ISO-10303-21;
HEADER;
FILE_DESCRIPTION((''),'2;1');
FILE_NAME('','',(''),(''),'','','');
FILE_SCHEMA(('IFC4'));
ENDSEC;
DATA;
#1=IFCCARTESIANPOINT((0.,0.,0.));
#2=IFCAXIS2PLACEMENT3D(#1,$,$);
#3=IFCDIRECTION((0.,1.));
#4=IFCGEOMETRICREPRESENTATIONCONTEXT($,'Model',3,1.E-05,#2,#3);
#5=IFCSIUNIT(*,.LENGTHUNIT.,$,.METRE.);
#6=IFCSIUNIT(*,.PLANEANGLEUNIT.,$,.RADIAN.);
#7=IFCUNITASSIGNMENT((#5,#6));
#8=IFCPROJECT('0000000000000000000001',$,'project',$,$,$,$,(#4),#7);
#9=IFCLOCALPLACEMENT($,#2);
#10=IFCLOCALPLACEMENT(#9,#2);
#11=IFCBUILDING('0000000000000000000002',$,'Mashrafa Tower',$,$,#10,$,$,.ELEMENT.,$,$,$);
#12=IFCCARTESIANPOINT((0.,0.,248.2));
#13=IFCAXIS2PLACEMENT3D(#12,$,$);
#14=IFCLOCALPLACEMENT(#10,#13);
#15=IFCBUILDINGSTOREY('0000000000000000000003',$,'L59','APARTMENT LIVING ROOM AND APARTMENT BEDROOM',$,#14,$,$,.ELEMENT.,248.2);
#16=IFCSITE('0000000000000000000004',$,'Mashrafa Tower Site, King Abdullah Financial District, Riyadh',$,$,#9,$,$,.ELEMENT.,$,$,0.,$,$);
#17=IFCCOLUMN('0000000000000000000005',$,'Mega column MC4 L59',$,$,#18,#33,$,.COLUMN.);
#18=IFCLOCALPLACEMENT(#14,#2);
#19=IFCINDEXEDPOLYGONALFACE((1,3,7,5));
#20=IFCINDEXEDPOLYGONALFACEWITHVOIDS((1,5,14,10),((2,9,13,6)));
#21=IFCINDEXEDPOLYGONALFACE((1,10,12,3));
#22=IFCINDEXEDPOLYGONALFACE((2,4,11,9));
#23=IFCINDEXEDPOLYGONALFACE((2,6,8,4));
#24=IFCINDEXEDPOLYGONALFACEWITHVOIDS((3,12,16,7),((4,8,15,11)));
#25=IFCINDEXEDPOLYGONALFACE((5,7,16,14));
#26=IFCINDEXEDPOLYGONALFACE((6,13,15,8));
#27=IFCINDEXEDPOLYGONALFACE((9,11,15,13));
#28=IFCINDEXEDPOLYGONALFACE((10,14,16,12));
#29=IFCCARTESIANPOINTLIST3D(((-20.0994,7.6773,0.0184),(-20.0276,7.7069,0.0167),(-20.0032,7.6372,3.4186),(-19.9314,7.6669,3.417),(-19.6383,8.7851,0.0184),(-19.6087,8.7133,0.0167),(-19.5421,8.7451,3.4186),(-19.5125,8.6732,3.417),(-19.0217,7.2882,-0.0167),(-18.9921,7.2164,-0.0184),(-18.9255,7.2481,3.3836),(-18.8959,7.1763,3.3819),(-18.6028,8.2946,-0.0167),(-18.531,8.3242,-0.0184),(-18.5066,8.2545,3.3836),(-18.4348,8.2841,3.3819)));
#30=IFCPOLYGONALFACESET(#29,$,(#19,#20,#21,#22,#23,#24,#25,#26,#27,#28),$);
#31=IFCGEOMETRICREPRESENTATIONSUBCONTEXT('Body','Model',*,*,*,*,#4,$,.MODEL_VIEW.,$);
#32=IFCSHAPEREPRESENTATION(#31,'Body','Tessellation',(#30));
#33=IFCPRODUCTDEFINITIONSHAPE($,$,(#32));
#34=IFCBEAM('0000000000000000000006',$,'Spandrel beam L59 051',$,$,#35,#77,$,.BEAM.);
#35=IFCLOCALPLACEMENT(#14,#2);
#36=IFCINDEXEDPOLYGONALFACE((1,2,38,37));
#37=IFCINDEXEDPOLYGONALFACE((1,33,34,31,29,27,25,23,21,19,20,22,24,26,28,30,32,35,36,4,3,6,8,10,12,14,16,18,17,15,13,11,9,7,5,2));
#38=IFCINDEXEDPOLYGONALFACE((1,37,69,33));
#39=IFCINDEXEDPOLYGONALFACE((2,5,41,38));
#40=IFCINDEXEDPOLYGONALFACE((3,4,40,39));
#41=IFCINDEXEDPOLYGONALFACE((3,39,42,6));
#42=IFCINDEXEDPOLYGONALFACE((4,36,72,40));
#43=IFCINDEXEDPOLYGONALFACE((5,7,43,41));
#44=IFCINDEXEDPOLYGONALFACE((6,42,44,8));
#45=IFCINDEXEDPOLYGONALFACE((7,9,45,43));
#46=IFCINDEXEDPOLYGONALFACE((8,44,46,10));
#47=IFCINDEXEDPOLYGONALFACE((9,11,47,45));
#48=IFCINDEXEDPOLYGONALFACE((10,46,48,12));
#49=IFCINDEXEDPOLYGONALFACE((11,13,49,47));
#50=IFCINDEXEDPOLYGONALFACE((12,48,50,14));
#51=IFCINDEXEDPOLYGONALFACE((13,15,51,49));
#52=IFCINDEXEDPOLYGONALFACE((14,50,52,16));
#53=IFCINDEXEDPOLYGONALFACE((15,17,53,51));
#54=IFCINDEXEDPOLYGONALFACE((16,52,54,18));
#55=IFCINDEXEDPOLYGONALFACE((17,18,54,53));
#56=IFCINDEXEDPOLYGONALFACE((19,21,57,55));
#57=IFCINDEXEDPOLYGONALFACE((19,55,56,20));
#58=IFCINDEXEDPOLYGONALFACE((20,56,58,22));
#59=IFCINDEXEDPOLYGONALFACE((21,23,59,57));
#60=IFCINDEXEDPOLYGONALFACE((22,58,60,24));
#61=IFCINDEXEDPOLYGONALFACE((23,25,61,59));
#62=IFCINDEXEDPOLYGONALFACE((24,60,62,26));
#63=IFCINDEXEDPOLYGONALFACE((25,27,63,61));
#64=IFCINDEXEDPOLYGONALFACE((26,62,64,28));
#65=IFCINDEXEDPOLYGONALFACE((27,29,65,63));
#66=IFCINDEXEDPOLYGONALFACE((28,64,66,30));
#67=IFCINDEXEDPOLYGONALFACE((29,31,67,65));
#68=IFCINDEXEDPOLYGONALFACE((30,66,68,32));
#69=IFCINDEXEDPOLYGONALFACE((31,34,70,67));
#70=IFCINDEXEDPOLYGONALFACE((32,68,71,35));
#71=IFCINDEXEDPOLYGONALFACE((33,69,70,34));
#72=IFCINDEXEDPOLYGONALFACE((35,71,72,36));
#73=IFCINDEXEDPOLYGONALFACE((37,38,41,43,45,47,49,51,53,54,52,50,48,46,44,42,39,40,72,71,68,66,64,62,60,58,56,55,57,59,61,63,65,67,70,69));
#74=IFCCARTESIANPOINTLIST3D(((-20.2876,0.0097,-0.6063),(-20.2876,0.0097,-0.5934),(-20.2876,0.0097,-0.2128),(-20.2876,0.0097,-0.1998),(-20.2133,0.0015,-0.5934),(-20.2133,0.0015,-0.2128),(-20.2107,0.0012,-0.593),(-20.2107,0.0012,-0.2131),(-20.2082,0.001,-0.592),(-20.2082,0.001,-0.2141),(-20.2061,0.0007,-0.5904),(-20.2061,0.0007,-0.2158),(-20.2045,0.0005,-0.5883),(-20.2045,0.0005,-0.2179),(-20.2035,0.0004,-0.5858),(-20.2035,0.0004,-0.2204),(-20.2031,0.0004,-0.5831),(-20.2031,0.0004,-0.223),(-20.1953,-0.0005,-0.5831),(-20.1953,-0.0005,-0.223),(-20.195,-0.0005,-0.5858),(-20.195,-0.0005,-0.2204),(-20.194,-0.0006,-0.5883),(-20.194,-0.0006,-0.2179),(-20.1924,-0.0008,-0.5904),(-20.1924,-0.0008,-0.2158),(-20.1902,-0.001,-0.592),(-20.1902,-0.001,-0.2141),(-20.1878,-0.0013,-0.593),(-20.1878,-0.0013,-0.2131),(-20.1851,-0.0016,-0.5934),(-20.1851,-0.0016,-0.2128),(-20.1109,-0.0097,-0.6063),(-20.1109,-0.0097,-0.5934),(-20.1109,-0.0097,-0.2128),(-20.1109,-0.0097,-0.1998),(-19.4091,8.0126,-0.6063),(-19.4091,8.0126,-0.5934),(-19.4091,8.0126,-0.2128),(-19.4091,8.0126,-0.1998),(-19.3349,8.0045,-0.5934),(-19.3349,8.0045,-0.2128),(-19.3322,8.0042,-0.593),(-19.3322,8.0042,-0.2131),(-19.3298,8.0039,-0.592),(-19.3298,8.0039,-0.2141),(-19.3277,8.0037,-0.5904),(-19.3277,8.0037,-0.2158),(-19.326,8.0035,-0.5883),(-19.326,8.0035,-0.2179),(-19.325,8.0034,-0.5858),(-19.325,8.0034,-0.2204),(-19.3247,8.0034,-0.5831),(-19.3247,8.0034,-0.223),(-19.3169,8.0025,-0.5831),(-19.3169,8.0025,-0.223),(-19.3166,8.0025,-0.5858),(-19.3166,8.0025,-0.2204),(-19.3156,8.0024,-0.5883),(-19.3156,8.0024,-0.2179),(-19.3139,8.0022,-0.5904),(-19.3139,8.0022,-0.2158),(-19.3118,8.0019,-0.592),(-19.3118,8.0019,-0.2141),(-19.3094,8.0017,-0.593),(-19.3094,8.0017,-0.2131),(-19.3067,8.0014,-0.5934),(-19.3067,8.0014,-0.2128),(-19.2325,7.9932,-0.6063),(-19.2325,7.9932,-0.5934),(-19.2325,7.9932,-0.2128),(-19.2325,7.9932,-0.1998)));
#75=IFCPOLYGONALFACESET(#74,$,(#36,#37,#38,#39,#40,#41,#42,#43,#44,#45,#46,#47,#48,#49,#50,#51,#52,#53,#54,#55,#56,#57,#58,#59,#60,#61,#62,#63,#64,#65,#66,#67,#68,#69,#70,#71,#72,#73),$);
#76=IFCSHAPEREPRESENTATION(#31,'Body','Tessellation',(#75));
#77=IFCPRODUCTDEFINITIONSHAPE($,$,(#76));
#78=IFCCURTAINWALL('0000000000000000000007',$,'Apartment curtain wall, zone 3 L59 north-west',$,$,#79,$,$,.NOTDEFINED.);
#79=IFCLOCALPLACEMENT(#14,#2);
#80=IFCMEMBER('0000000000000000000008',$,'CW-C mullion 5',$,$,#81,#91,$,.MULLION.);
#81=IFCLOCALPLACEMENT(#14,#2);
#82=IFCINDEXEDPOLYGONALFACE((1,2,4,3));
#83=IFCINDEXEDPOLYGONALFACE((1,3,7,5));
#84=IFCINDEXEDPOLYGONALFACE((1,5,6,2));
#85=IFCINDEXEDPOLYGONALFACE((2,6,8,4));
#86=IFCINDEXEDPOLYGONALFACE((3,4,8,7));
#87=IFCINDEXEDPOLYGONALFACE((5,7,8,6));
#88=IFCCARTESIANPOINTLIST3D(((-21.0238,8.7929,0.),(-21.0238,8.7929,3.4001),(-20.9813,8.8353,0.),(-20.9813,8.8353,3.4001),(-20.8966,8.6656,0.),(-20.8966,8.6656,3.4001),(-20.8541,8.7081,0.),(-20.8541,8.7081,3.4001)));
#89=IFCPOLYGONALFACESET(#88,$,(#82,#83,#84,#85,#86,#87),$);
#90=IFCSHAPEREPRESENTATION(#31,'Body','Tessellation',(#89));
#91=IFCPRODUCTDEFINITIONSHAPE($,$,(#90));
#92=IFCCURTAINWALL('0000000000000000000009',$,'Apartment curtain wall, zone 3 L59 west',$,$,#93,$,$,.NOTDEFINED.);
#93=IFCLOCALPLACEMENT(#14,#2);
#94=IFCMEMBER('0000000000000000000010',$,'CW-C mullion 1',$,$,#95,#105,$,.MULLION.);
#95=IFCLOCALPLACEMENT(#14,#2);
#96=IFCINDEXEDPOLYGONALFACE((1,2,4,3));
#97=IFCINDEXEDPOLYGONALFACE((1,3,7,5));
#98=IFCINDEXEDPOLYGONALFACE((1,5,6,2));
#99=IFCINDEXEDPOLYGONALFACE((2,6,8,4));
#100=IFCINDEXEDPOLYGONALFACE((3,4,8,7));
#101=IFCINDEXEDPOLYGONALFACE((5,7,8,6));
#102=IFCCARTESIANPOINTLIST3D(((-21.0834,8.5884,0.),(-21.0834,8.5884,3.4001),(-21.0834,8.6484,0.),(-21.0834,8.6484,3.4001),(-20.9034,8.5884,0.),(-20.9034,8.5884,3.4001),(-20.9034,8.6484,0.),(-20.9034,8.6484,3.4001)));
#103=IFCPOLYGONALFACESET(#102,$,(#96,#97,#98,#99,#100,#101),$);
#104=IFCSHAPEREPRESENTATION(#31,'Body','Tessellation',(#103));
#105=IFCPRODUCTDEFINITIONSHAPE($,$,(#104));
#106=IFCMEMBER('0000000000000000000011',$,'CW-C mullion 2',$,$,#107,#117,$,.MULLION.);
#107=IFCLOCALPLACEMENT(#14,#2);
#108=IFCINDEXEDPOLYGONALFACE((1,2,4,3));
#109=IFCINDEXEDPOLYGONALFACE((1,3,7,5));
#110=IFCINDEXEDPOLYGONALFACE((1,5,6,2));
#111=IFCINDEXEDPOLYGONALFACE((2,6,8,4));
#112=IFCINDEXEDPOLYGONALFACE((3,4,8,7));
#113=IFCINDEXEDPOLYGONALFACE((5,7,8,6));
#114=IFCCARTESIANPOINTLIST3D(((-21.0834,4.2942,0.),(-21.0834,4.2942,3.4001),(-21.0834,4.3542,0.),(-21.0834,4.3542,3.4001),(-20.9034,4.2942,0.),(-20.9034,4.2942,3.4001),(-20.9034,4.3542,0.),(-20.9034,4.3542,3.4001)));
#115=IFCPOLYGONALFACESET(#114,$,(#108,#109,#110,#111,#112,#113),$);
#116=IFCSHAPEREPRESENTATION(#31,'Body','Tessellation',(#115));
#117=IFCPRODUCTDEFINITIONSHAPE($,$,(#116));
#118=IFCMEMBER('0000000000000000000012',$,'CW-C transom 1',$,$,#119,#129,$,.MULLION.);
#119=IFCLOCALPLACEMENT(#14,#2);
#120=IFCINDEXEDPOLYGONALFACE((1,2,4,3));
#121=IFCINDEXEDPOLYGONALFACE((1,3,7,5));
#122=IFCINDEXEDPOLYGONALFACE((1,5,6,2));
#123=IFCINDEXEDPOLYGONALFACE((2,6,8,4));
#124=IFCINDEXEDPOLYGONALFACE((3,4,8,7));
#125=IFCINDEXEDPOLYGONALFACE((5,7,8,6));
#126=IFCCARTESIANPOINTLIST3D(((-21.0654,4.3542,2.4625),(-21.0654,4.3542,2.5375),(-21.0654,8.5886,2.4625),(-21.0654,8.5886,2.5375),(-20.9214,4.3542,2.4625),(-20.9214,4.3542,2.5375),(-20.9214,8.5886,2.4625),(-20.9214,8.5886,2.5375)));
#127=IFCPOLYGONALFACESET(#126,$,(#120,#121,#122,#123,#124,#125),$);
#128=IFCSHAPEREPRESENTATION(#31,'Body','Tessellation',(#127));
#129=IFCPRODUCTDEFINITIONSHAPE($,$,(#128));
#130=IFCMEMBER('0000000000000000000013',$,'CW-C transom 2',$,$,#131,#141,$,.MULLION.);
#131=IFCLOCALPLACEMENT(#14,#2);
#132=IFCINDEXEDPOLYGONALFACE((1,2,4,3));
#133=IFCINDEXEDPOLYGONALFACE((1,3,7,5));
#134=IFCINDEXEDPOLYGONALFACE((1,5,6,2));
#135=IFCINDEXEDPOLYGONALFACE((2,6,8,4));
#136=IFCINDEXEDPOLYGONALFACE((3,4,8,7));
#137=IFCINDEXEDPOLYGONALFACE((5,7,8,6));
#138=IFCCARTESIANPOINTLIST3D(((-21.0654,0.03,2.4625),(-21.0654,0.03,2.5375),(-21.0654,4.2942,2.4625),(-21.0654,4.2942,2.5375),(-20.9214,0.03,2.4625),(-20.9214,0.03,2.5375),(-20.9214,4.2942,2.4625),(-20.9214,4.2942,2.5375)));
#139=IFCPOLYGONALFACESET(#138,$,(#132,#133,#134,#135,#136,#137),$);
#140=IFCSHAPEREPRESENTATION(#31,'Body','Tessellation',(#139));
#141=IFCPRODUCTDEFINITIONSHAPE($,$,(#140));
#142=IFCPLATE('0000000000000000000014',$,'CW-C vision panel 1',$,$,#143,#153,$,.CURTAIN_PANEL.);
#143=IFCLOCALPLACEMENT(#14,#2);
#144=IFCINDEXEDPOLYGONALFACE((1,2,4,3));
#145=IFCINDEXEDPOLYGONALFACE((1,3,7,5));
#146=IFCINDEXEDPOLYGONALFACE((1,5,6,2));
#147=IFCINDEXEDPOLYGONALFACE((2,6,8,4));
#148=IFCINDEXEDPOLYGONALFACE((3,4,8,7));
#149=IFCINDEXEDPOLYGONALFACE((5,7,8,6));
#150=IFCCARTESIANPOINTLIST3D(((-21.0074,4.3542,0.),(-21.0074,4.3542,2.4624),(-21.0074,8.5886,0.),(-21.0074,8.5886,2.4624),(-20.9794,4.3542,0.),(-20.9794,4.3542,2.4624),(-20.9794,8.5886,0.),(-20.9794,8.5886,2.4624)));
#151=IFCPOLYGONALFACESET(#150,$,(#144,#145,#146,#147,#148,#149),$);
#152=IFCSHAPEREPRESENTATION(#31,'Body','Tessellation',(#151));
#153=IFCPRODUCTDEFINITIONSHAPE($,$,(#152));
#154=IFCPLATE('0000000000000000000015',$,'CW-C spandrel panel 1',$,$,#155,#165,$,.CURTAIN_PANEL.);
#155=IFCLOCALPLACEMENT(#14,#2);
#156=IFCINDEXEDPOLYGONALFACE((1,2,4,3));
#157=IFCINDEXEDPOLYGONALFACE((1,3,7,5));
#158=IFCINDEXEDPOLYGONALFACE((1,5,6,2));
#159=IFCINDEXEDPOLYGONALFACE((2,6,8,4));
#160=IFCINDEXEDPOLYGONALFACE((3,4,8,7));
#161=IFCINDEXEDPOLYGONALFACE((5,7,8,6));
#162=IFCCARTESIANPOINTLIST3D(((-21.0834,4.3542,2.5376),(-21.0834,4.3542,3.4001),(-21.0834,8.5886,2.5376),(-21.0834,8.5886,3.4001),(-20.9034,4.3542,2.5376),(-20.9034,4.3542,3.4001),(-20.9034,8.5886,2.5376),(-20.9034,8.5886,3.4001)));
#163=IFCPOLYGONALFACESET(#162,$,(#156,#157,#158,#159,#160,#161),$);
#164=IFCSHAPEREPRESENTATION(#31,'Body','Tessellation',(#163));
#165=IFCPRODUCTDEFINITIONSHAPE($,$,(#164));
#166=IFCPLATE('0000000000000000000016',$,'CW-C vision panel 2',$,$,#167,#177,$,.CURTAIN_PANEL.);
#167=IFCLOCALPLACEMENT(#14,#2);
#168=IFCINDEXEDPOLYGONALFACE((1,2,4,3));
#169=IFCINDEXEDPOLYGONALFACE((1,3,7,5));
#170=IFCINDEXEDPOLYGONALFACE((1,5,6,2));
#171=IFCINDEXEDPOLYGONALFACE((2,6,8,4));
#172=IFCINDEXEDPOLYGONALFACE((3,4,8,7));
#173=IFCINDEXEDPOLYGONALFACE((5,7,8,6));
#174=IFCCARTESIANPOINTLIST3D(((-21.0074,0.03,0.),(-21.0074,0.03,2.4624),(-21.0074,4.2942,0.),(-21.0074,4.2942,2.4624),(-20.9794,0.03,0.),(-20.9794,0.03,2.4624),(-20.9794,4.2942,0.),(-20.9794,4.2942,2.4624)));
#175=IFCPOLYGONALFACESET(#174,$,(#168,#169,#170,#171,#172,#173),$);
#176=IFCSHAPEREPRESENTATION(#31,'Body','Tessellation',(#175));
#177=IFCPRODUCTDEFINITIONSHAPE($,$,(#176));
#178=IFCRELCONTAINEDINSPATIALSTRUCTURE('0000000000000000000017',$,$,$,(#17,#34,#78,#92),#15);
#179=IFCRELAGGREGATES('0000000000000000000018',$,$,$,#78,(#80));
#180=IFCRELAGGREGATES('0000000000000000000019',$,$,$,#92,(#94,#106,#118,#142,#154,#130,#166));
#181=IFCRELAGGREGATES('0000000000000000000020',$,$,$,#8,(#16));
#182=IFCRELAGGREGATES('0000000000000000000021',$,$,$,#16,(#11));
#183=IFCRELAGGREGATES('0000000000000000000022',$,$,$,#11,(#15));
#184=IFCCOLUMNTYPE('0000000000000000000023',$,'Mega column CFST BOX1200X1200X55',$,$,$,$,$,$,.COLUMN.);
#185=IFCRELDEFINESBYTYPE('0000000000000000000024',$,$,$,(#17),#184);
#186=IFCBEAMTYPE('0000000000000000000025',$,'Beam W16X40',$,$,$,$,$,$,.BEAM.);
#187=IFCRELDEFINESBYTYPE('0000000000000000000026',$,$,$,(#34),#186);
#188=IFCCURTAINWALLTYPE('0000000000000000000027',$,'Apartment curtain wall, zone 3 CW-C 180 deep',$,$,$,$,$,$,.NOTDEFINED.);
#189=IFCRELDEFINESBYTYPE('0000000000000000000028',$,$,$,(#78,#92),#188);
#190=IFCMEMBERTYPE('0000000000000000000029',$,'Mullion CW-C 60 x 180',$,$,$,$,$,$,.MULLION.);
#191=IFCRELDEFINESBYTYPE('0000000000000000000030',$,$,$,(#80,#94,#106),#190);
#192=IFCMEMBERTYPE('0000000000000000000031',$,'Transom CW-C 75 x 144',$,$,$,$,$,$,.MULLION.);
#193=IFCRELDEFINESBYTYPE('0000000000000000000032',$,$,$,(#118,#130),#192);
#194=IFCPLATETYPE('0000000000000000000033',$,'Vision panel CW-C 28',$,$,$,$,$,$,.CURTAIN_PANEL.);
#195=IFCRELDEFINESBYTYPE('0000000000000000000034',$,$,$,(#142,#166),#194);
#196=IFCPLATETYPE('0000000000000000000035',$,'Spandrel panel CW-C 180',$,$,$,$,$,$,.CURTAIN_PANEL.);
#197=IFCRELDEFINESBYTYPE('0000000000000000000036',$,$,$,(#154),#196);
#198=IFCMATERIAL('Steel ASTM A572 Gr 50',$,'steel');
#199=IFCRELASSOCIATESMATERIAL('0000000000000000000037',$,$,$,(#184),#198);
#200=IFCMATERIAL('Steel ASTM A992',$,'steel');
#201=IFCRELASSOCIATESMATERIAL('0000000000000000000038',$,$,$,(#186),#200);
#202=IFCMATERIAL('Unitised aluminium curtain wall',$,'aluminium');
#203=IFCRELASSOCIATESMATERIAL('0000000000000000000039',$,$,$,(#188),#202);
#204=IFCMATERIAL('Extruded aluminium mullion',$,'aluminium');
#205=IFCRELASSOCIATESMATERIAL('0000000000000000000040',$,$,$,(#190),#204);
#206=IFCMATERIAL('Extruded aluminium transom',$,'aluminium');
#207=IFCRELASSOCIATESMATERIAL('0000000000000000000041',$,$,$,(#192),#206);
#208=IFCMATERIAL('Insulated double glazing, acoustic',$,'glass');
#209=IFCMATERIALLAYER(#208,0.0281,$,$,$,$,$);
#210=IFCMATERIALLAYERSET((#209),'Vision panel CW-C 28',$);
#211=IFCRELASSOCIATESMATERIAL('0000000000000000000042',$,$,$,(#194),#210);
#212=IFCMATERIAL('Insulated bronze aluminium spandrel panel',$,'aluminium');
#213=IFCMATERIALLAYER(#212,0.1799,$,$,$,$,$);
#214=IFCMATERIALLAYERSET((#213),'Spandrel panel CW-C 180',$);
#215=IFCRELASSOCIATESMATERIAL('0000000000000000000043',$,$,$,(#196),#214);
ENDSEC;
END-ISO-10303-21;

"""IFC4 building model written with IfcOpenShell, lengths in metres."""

from ifc_helpers import new_model, si_unit, direction, frame, origin, origin_2d, place, context, subcontext, project, spatial, rectangle, hollow_rectangle, i_section, extrude, source, transform, mapped, material, layer, layer_set, material_profile, profile_set, type_object, type_shapes, element, aggregate, save


model = new_model("IFC4")

# Units and contexts
model_context = context("Model", 3, precision=1e-05, world=origin(), true_north=direction((0.0, 1.0)))
body_context = subcontext(model_context, "Body", "Model", "MODEL_VIEW")
ifc_project = project(units=[si_unit("LENGTHUNIT", "METRE"), si_unit("PLANEANGLEUNIT", "RADIAN")], contexts=[model_context])

# Site, building, storey
site_placement = place(None, origin())
site = spatial("IfcSite", under=ifc_project, at=site_placement, Name="Mashrafa Tower Site, King Abdullah Financial District, Riyadh", CompositionType="ELEMENT", RefElevation=0.0)
building_placement = place(site_placement, origin())
building = spatial("IfcBuilding", under=site, at=building_placement, Name="Mashrafa Tower", CompositionType="ELEMENT")
storey_placement = place(building_placement, frame((0.0, 0.0, 248.2)))
storey = spatial("IfcBuildingStorey", under=building, at=storey_placement, Name="L59", Description="APARTMENT LIVING ROOM AND APARTMENT BEDROOM", CompositionType="ELEMENT", Elevation=248.2)

# Column
ifc_material_1 = material(Name="Steel ASTM A572 Gr 50", Category="steel")
ifc_material_profile_1 = material_profile(ifc_material_1, hollow_rectangle(XDim=1.2, YDim=1.2, WallThickness=0.0549, at=origin_2d()), Name="BOX1200X1200X55")
ifc_profile_set_1 = profile_set([ifc_material_profile_1], Name="Steel ASTM A572 Gr 50")
column_type = type_object("IfcColumnType", Name="Mega column CFST BOX1200X1200X55", PredefinedType="COLUMN", material=ifc_profile_set_1)
column_placement = place(storey_placement, frame((-19.3152, 8.0007, 0.0), z_axis=(0.028277, -0.01177, 0.999531), x_axis=(0.384283, 0.923216, 0.0)))
element("IfcColumn", 1, at=column_placement, inside=storey, type_object=column_type, Name="Mega column MC4 L59", PredefinedType="COLUMN", context=body_context, shape_type="SweptSolid", body=[
    extrude(hollow_rectangle(XDim=1.2, YDim=1.2, WallThickness=0.0549, at=origin_2d()), origin(), (0.0, 0.0, 1.0), 3.4019),
])

# Beam
ifc_material_2 = material(Name="Steel ASTM A992", Category="steel")
ifc_material_profile_2 = material_profile(ifc_material_2, i_section(OverallWidth=0.1777, OverallDepth=0.4065, WebThickness=0.0078, FlangeThickness=0.0129, FilletRadius=0.0103, at=origin_2d()), Name="W16X40")
ifc_profile_set_2 = profile_set([ifc_material_profile_2], Name="Steel ASTM A992")
beam_type = type_object("IfcBeamType", Name="Beam W16X40", PredefinedType="BEAM", material=ifc_profile_set_2)
beam_placement = place(storey_placement, frame((-19.3208, 8.0029, -0.4031), z_axis=(-0.109107, -0.99403, 0.0), x_axis=(0.99403, -0.109107, 0.0)))
element("IfcBeam", 2, at=beam_placement, inside=storey, type_object=beam_type, Name="Spandrel beam L59 051", PredefinedType="BEAM", context=body_context, shape_type="SweptSolid", body=[
    extrude(i_section(OverallWidth=0.1777, OverallDepth=0.4065, WebThickness=0.0078, FlangeThickness=0.0129, FilletRadius=0.0103, at=origin_2d()), origin(), (0.0, 0.0, 1.0), 8.051),
])

# Curtain wall, member
ifc_material_3 = material(Name="Unitised aluminium curtain wall", Category="aluminium")
curtain_wall_type = type_object("IfcCurtainWallType", Name="Apartment curtain wall, zone 3 CW-C 180 deep", PredefinedType="NOTDEFINED", material=ifc_material_3)
curtain_wall_1_placement = place(storey_placement, origin())
curtain_wall_1 = element("IfcCurtainWall", 3, at=curtain_wall_1_placement, inside=storey, type_object=curtain_wall_type, Name="Apartment curtain wall, zone 3 L59 north-west", PredefinedType="NOTDEFINED")
ifc_material_4 = material(Name="Extruded aluminium mullion", Category="aluminium")
ifc_material_profile_3 = material_profile(ifc_material_4, rectangle(XDim=0.1799, YDim=0.0601, at=origin_2d()), Name="Mullion 60x180")
ifc_profile_set_3 = profile_set([ifc_material_profile_3], Name="Extruded aluminium mullion")
member_type_1 = type_object("IfcMemberType", Name="Mullion CW-C 60 x 180", PredefinedType="MULLION", material=ifc_profile_set_3)
shared_shape_1 = source(origin(), body_context, "Body", "SweptSolid", [
    extrude(rectangle(XDim=0.1799, YDim=0.0601, at=origin_2d()), origin(), (0.0, 0.0, 1.0), 3.4001),
])
type_shapes(member_type_1, [shared_shape_1])
member_1_placement = place(storey_placement, frame((-20.939, 8.7505, 0.0), z_axis=(0.0, 0.0, 1.0), x_axis=(0.707107, -0.707107, 0.0)))
member_1 = element("IfcMember", 4, at=member_1_placement, type_object=member_type_1, Name="CW-C mullion 5", PredefinedType="MULLION", context=body_context, shape_type="MappedRepresentation", body=[
    mapped(shared_shape_1, transform((0.0, 0.0, 0.0))),
])
aggregate(curtain_wall_1, [member_1])

# Curtain wall, members, plates
curtain_wall_2_placement = place(storey_placement, origin())
curtain_wall_2 = element("IfcCurtainWall", 5, at=curtain_wall_2_placement, inside=storey, type_object=curtain_wall_type, Name="Apartment curtain wall, zone 3 L59 west", PredefinedType="NOTDEFINED")
member_2_placement = place(storey_placement, frame((-20.9934, 8.6184, 0.0), z_axis=(0.0, 0.0, 1.0), x_axis=(1.0, 0.0, 0.0)))
member_2 = element("IfcMember", 6, at=member_2_placement, type_object=member_type_1, Name="CW-C mullion 1", PredefinedType="MULLION", context=body_context, shape_type="MappedRepresentation", body=[
    mapped(shared_shape_1, transform((0.0, 0.0, 0.0))),
])
member_3_placement = place(storey_placement, frame((-20.9934, 4.3242, 0.0), z_axis=(0.0, 0.0, 1.0), x_axis=(1.0, 0.0, 0.0)))
member_3 = element("IfcMember", 7, at=member_3_placement, type_object=member_type_1, Name="CW-C mullion 2", PredefinedType="MULLION", context=body_context, shape_type="MappedRepresentation", body=[
    mapped(shared_shape_1, transform((0.0, 0.0, 0.0))),
])
ifc_material_5 = material(Name="Extruded aluminium transom", Category="aluminium")
ifc_material_profile_4 = material_profile(ifc_material_5, rectangle(XDim=0.144, YDim=0.075, at=origin_2d()), Name="Transom 75x144")
ifc_profile_set_4 = profile_set([ifc_material_profile_4], Name="Extruded aluminium transom")
member_type_2 = type_object("IfcMemberType", Name="Transom CW-C 75 x 144", PredefinedType="MULLION", material=ifc_profile_set_4)
shared_shape_2 = source(origin(), body_context, "Body", "SweptSolid", [
    extrude(rectangle(XDim=0.144, YDim=0.075, at=origin_2d()), origin(), (0.0, 0.0, 1.0), 4.2344),
])
member_4_placement = place(storey_placement, frame((-20.9934, 8.5886, 2.5), z_axis=(0.0, -1.0, 0.0), x_axis=(1.0, 0.0, 0.0)))
member_4 = element("IfcMember", 8, at=member_4_placement, type_object=member_type_2, Name="CW-C transom 1", PredefinedType="MULLION", context=body_context, shape_type="MappedRepresentation", body=[
    mapped(shared_shape_2, transform((0.0, 0.0, 0.0))),
])
shared_shape_3 = source(origin(), body_context, "Body", "SweptSolid", [
    extrude(rectangle(XDim=0.144, YDim=0.075, at=origin_2d()), origin(), (0.0, 0.0, 1.0), 4.2642),
])
type_shapes(member_type_2, [shared_shape_2, shared_shape_3])
member_5_placement = place(storey_placement, frame((-20.9934, 4.2942, 2.5), z_axis=(0.0, -1.0, 0.0), x_axis=(1.0, 0.0, 0.0)))
member_5 = element("IfcMember", 9, at=member_5_placement, type_object=member_type_2, Name="CW-C transom 2", PredefinedType="MULLION", context=body_context, shape_type="MappedRepresentation", body=[
    mapped(shared_shape_3, transform((0.0, 0.0, 0.0))),
])
ifc_material_6 = material(Name="Insulated double glazing, acoustic", Category="glass")
ifc_layer_1 = layer(ifc_material_6, 0.0281)
ifc_layer_set_1 = layer_set([ifc_layer_1], Name="Vision panel CW-C 28")
plate_type_1 = type_object("IfcPlateType", Name="Vision panel CW-C 28", PredefinedType="CURTAIN_PANEL", material=ifc_layer_set_1)
shared_shape_4 = source(origin(), body_context, "Body", "SweptSolid", [
    extrude(rectangle(XDim=4.2344, YDim=0.0281, at=origin_2d()), origin(), (0.0, 0.0, 1.0), 2.4624),
])
plate_1_placement = place(storey_placement, frame((-20.9934, 6.4714, 0.0), z_axis=(0.0, 0.0, 1.0), x_axis=(0.0, -1.0, 0.0)))
plate_1 = element("IfcPlate", 10, at=plate_1_placement, type_object=plate_type_1, Name="CW-C vision panel 1", PredefinedType="CURTAIN_PANEL", context=body_context, shape_type="MappedRepresentation", body=[
    mapped(shared_shape_4, transform((0.0, 0.0, 0.0))),
])
ifc_material_7 = material(Name="Insulated bronze aluminium spandrel panel", Category="aluminium")
ifc_layer_2 = layer(ifc_material_7, 0.1799)
ifc_layer_set_2 = layer_set([ifc_layer_2], Name="Spandrel panel CW-C 180")
plate_type_2 = type_object("IfcPlateType", Name="Spandrel panel CW-C 180", PredefinedType="CURTAIN_PANEL", material=ifc_layer_set_2)
shared_shape_5 = source(origin(), body_context, "Body", "SweptSolid", [
    extrude(rectangle(XDim=4.2344, YDim=0.1799, at=origin_2d()), origin(), (0.0, 0.0, 1.0), 0.8625),
])
plate_2_placement = place(storey_placement, frame((-20.9934, 6.4714, 2.5376), z_axis=(0.0, 0.0, 1.0), x_axis=(0.0, -1.0, 0.0)))
plate_2 = element("IfcPlate", 11, at=plate_2_placement, type_object=plate_type_2, Name="CW-C spandrel panel 1", PredefinedType="CURTAIN_PANEL", context=body_context, shape_type="MappedRepresentation", body=[
    mapped(shared_shape_5, transform((0.0, 0.0, 0.0))),
])
shared_shape_6 = source(origin(), body_context, "Body", "SweptSolid", [
    extrude(rectangle(XDim=4.2642, YDim=0.0281, at=origin_2d()), origin(), (0.0, 0.0, 1.0), 2.4624),
])
type_shapes(plate_type_1, [shared_shape_4, shared_shape_6])
plate_3_placement = place(storey_placement, frame((-20.9934, 2.1621, 0.0), z_axis=(0.0, 0.0, 1.0), x_axis=(0.0, -1.0, 0.0)))
plate_3 = element("IfcPlate", 12, at=plate_3_placement, type_object=plate_type_1, Name="CW-C vision panel 2", PredefinedType="CURTAIN_PANEL", context=body_context, shape_type="MappedRepresentation", body=[
    mapped(shared_shape_6, transform((0.0, 0.0, 0.0))),
])
aggregate(curtain_wall_2, [member_2, member_3, member_4, plate_1, plate_2, member_5, plate_3])

save(model, "model.ifc")
